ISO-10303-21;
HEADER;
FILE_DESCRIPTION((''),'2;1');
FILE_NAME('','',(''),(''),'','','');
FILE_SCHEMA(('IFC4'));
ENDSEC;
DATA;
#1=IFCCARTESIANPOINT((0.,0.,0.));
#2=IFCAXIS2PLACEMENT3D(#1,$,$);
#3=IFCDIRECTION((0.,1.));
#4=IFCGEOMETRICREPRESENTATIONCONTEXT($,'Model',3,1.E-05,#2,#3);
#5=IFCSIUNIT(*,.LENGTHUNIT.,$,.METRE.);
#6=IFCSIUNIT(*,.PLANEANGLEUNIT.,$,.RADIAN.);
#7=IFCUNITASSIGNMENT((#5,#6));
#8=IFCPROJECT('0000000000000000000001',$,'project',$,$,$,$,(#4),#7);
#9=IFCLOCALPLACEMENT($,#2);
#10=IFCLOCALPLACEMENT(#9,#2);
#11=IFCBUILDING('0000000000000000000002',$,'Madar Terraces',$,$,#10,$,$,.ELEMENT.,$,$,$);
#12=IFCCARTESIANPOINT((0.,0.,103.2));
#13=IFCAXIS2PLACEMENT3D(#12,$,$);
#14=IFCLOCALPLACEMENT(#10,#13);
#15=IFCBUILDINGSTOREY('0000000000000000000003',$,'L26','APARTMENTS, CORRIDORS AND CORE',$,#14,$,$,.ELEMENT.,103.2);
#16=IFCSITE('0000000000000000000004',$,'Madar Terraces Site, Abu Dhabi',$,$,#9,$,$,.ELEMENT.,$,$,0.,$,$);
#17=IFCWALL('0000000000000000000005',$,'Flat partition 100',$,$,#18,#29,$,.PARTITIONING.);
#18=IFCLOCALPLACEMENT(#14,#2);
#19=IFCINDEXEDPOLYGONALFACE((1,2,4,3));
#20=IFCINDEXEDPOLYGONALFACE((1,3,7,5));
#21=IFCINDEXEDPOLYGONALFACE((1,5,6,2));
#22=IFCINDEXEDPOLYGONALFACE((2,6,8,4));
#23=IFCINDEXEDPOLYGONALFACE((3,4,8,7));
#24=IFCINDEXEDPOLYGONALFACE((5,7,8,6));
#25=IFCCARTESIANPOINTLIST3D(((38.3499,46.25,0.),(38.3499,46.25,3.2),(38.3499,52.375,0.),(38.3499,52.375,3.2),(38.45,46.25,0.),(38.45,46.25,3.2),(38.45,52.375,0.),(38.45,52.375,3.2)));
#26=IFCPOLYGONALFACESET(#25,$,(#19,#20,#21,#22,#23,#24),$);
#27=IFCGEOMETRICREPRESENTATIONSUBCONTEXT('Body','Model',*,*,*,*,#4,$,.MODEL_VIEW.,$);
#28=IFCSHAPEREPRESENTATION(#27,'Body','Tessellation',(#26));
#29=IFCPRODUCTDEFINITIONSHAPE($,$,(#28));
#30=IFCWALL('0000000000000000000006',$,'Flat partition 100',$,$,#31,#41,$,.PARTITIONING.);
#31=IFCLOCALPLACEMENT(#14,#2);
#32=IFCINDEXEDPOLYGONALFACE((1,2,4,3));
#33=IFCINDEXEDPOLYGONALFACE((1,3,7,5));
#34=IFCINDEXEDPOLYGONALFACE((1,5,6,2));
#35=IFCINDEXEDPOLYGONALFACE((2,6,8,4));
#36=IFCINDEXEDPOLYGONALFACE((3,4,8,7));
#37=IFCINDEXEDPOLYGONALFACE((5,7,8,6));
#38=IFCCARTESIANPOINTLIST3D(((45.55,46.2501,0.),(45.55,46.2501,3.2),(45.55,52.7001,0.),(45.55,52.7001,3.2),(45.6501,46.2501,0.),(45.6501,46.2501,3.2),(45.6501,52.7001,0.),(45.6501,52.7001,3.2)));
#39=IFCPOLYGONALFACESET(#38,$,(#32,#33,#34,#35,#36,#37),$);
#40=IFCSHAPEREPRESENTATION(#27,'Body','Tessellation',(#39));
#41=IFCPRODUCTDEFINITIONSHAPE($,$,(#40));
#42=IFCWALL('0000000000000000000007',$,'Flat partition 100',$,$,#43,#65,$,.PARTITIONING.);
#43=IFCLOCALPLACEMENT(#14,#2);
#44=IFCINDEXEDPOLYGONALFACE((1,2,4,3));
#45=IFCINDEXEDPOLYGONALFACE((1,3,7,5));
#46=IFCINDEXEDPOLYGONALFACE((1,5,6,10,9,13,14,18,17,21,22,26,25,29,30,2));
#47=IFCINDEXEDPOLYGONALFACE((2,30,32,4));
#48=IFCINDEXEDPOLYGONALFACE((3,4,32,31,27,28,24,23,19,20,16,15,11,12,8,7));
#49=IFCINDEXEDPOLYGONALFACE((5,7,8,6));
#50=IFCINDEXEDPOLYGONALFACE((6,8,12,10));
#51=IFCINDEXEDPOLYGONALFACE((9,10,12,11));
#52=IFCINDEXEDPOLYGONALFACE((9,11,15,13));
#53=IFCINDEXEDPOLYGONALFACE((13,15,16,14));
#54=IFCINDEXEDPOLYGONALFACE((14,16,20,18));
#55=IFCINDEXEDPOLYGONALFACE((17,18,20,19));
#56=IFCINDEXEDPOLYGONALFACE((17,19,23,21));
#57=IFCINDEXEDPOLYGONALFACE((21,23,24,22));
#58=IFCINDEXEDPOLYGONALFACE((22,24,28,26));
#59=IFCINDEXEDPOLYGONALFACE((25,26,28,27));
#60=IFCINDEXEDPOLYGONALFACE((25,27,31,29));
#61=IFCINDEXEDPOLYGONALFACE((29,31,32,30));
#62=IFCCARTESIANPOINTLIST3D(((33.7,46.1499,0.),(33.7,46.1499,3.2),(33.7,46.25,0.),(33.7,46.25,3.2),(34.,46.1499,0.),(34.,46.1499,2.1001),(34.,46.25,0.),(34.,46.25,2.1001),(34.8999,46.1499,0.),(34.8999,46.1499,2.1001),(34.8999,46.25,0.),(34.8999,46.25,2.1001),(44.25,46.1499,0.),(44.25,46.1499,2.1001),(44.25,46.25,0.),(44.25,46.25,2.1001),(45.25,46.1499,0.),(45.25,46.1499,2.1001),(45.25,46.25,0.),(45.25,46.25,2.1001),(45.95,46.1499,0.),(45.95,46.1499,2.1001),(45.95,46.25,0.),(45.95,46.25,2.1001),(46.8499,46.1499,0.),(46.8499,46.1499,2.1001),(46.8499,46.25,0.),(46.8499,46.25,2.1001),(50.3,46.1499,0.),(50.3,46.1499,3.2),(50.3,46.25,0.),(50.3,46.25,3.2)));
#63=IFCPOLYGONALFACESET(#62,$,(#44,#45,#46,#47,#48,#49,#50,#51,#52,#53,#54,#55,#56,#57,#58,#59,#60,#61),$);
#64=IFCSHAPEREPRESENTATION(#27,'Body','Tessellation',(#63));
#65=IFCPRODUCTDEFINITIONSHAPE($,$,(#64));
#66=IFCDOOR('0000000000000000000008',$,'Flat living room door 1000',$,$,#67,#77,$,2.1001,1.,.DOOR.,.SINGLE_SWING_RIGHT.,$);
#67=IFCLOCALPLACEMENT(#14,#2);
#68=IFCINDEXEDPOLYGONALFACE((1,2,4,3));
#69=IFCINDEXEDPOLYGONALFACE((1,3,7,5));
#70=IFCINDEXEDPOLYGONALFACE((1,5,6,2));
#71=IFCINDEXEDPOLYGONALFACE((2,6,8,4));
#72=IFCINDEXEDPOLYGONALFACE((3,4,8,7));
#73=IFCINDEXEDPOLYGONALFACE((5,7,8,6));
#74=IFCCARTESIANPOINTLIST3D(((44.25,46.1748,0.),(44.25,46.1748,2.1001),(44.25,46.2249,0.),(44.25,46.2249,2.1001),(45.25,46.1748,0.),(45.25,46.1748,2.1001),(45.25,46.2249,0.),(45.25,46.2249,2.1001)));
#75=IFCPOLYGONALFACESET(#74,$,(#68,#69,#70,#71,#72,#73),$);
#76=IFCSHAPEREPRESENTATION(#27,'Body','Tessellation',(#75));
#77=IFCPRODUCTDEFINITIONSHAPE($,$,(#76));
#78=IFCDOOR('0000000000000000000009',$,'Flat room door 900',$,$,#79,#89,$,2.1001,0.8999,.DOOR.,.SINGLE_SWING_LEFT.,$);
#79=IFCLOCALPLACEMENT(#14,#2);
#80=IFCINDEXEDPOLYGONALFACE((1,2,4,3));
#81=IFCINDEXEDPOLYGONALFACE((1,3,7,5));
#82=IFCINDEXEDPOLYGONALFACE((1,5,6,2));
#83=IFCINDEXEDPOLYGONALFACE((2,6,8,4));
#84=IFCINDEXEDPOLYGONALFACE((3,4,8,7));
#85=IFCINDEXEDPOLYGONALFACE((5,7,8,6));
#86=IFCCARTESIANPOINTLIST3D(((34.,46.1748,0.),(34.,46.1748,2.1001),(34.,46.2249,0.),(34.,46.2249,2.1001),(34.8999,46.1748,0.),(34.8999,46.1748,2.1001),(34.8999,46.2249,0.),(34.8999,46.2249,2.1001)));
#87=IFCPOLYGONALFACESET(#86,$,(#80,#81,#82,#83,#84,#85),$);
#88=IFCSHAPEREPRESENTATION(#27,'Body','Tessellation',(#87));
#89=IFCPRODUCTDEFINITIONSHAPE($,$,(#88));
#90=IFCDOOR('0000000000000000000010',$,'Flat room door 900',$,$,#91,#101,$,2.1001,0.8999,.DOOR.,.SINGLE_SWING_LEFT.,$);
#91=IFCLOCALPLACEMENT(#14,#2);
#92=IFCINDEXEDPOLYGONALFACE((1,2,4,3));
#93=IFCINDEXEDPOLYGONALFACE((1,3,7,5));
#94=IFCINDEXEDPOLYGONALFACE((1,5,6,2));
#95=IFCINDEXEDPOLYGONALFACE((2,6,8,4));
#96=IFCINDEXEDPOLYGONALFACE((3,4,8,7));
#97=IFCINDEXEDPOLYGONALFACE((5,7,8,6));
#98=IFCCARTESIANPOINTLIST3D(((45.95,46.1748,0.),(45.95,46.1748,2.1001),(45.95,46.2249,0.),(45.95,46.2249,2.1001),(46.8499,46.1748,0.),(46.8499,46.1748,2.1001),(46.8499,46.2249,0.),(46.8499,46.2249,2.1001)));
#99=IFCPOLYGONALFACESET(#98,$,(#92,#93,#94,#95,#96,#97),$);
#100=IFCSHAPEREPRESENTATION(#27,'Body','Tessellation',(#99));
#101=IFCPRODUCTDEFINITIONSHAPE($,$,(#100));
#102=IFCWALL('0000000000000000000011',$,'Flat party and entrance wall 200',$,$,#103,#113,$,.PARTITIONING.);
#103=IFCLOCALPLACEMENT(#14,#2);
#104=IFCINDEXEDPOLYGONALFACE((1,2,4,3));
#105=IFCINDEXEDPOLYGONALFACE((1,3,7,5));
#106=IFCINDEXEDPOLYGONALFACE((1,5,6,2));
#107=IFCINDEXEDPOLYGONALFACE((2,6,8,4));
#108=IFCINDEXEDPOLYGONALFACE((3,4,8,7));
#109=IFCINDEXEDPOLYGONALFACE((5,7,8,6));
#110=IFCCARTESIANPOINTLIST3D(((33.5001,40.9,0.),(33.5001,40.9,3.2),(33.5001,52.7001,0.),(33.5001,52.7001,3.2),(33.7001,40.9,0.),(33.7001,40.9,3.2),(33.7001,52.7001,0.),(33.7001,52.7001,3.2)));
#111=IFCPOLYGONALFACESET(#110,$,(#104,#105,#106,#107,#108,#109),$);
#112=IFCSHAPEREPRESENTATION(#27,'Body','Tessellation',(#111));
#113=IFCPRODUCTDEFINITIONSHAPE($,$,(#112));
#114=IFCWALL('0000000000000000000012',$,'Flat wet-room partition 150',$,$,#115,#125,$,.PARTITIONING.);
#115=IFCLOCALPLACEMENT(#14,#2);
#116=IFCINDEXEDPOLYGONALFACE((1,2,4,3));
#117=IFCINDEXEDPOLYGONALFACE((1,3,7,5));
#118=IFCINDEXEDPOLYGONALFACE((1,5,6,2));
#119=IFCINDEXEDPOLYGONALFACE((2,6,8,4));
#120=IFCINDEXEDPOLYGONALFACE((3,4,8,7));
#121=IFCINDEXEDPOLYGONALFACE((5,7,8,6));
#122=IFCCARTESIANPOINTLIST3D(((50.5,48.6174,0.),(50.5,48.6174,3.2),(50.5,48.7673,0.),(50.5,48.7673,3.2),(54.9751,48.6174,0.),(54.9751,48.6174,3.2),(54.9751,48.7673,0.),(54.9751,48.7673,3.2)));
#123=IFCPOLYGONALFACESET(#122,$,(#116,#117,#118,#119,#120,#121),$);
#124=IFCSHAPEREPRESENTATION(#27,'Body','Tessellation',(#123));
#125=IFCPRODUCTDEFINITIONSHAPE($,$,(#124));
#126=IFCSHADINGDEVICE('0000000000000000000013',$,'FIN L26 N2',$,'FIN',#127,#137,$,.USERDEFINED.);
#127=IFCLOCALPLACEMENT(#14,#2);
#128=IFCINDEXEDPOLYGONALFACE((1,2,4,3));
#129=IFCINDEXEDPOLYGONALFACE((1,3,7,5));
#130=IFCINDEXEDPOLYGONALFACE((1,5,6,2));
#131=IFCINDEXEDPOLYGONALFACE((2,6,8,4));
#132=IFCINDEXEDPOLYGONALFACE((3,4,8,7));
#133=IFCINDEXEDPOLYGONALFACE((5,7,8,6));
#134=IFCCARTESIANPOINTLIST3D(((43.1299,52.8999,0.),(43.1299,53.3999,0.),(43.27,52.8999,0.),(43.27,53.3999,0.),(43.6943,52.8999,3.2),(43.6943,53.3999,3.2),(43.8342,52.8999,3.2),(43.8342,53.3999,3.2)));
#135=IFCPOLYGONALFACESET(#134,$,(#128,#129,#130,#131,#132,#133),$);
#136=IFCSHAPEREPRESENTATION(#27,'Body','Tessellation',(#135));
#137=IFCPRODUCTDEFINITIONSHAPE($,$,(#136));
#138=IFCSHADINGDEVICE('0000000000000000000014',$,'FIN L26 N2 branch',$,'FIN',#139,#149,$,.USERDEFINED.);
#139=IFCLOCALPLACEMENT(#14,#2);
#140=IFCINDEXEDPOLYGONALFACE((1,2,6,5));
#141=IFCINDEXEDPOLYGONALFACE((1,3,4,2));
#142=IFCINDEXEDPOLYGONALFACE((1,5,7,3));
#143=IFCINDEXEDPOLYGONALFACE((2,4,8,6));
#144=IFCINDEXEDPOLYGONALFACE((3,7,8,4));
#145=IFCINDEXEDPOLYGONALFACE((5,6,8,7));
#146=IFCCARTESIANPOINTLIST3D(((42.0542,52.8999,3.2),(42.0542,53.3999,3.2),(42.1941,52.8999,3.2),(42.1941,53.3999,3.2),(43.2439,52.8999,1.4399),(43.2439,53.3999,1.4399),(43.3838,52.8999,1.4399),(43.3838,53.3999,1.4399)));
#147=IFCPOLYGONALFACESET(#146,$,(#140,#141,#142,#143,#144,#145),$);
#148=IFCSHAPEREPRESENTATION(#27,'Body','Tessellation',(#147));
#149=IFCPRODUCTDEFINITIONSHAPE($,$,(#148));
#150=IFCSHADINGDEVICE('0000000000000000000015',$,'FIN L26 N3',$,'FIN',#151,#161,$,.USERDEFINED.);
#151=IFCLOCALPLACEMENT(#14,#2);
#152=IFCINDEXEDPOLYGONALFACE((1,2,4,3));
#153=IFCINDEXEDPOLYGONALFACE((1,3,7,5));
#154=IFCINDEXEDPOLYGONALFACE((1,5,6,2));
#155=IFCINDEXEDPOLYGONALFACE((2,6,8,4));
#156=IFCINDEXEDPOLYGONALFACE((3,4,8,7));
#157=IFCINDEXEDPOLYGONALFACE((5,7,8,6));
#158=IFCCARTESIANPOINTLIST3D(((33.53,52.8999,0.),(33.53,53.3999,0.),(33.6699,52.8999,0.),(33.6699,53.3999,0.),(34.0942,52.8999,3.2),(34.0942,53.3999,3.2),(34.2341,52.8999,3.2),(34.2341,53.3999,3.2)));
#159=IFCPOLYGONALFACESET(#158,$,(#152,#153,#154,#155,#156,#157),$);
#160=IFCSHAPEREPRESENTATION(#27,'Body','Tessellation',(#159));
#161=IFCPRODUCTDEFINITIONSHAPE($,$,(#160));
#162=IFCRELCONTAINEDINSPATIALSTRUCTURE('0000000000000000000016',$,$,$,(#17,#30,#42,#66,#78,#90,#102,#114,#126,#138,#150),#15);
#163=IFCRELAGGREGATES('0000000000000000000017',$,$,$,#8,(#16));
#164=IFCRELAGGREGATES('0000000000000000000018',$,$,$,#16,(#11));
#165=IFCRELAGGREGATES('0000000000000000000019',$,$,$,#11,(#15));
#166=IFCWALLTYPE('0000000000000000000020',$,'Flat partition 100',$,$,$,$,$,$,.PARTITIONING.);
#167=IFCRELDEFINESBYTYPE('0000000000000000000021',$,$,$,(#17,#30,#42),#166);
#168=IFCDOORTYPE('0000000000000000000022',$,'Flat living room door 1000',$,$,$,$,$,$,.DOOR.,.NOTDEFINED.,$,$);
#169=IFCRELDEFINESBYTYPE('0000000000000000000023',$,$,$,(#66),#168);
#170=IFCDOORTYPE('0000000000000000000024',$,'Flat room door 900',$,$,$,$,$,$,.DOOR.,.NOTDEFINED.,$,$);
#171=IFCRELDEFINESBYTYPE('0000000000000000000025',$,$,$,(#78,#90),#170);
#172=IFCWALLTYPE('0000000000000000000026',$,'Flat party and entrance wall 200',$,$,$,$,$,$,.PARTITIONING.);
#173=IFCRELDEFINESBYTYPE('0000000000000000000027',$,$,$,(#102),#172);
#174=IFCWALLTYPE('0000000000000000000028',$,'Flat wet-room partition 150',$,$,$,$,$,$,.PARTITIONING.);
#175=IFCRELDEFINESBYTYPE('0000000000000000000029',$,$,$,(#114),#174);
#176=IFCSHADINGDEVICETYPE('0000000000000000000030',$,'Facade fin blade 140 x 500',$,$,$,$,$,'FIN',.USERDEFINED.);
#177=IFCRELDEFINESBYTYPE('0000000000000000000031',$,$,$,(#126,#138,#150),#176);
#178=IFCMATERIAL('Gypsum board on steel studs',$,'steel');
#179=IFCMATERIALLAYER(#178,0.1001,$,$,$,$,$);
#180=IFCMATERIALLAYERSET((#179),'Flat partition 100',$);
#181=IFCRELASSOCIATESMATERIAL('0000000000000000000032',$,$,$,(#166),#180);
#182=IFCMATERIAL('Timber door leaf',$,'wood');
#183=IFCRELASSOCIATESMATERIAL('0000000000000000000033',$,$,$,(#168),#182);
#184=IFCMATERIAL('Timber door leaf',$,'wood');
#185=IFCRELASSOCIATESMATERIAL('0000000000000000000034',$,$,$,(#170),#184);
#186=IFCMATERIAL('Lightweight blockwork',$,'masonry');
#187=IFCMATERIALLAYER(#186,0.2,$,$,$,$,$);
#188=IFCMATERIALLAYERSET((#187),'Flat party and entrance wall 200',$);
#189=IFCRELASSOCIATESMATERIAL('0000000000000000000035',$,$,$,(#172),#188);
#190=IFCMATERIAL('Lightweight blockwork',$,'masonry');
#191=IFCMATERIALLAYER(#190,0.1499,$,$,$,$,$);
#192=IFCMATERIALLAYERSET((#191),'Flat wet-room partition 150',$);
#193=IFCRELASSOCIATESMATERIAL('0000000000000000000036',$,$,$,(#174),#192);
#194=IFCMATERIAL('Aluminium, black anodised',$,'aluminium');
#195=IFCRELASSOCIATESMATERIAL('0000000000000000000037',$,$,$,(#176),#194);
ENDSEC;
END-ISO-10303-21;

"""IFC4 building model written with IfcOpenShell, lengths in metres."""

from ifc_helpers import new_model, si_unit, direction, frame, frame_2d, origin, place, context, subcontext, project, spatial, polyline, rectangle, outline, extrude, material, layer, layer_set, type_object, element, fill, save


model = new_model("IFC4")

# Units and contexts
model_context = context("Model", 3, precision=1e-05, world=origin(), true_north=direction((0.0, 1.0)))
body_context = subcontext(model_context, "Body", "Model", "MODEL_VIEW")
ifc_project = project(units=[si_unit("LENGTHUNIT", "METRE"), si_unit("PLANEANGLEUNIT", "RADIAN")], contexts=[model_context])

# Site, building, storey
site_placement = place(None, origin())
site = spatial("IfcSite", under=ifc_project, at=site_placement, Name="Madar Terraces Site, Abu Dhabi", CompositionType="ELEMENT", RefElevation=0.0)
building_placement = place(site_placement, origin())
building = spatial("IfcBuilding", under=site, at=building_placement, Name="Madar Terraces", CompositionType="ELEMENT")
storey_placement = place(building_placement, frame((0.0, 0.0, 103.2)))
storey = spatial("IfcBuildingStorey", under=building, at=storey_placement, Name="L26", Description="APARTMENTS, CORRIDORS AND CORE", CompositionType="ELEMENT", Elevation=103.2)

# Walls
ifc_material_1 = material(Name="Gypsum board on steel studs", Category="steel")
ifc_layer_1 = layer(ifc_material_1, 0.1001)
ifc_layer_set_1 = layer_set([ifc_layer_1], Name="Flat partition 100")
wall_type_1 = type_object("IfcWallType", Name="Flat partition 100", PredefinedType="PARTITIONING", material=ifc_layer_set_1)
wall_1_placement = place(storey_placement, frame((38.3999, 46.25, 0.0), z_axis=(0.0, 0.0, 1.0), x_axis=(0.0, 1.0, 0.0)))
element("IfcWall", 1, at=wall_1_placement, inside=storey, type_object=wall_type_1, Name="Flat partition 100", PredefinedType="PARTITIONING", context=body_context, shape_type="SweptSolid", body=[
    extrude(rectangle(XDim=6.125, YDim=0.1001, at=frame_2d((3.0625, 0.0))), origin(), (0.0, 0.0, 1.0), 3.2),
])
wall_2_placement = place(storey_placement, frame((45.6001, 46.25, 0.0), z_axis=(0.0, 0.0, 1.0), x_axis=(0.0, 1.0, 0.0)))
element("IfcWall", 2, at=wall_2_placement, inside=storey, type_object=wall_type_1, Name="Flat partition 100", PredefinedType="PARTITIONING", context=body_context, shape_type="SweptSolid", body=[
    extrude(rectangle(XDim=6.45, YDim=0.1001, at=frame_2d((3.2251, 0.0))), origin(), (0.0, 0.0, 1.0), 3.2),
])

# Wall, openings, doors
wall_3_placement = place(storey_placement, frame((33.7, 46.2, 0.0), z_axis=(0.0, 0.0, 1.0), x_axis=(1.0, 0.0, 0.0)))
wall_3 = element("IfcWall", 3, at=wall_3_placement, inside=storey, type_object=wall_type_1, Name="Flat partition 100", PredefinedType="PARTITIONING", context=body_context, shape_type="SweptSolid", body=[
    extrude(rectangle(XDim=16.6001, YDim=0.1001, at=frame_2d((8.3, 0.0))), origin(), (0.0, 0.0, 1.0), 3.2),
])
opening_1_placement = place(wall_3_placement, frame((0.3, 0.0, 0.0)))
opening_1 = element("IfcOpeningElement", 4, at=opening_1_placement, cuts=wall_3, PredefinedType="OPENING", context=body_context, shape_type="SweptSolid", body=[
    extrude(rectangle(XDim=0.8999, YDim=2.1001, at=frame_2d((0.45, 1.05))), frame((0.0, 0.0601, 0.0), z_axis=(0.0, -1.0, 0.0), x_axis=(1.0, 0.0, 0.0)), (0.0, 0.0, 1.0), 0.1201),
])
opening_2_placement = place(wall_3_placement, frame((10.55, 0.0, 0.0)))
opening_2 = element("IfcOpeningElement", 5, at=opening_2_placement, cuts=wall_3, PredefinedType="OPENING", context=body_context, shape_type="SweptSolid", body=[
    extrude(rectangle(XDim=1.0, YDim=2.1001, at=frame_2d((0.5, 1.05))), frame((0.0, 0.0601, 0.0), z_axis=(0.0, -1.0, 0.0), x_axis=(1.0, 0.0, 0.0)), (0.0, 0.0, 1.0), 0.1201),
])
opening_3_placement = place(wall_3_placement, frame((12.25, 0.0, 0.0)))
opening_3 = element("IfcOpeningElement", 6, at=opening_3_placement, cuts=wall_3, PredefinedType="OPENING", context=body_context, shape_type="SweptSolid", body=[
    extrude(rectangle(XDim=0.8999, YDim=2.1001, at=frame_2d((0.45, 1.05))), frame((0.0, 0.0601, 0.0), z_axis=(0.0, -1.0, 0.0), x_axis=(1.0, 0.0, 0.0)), (0.0, 0.0, 1.0), 0.1201),
])
ifc_material_2 = material(Name="Timber door leaf", Category="wood")
door_type_1 = type_object("IfcDoorType", Name="Flat living room door 1000", OperationType="NOTDEFINED", PredefinedType="DOOR", material=ifc_material_2)
door_1_placement = place(opening_2_placement, origin())
door_1 = element("IfcDoor", 7, at=door_1_placement, inside=storey, type_object=door_type_1, Name="Flat living room door 1000", OperationType="SINGLE_SWING_RIGHT", OverallHeight=2.1001, OverallWidth=1.0, PredefinedType="DOOR", context=body_context, shape_type="SweptSolid", body=[
    extrude(rectangle(XDim=1.0, YDim=2.1001, at=frame_2d((0.5, 1.05))), frame((0.0, 0.0249, 0.0), z_axis=(0.0, -1.0, 0.0), x_axis=(1.0, 0.0, 0.0)), (0.0, 0.0, 1.0), 0.05),
])
fill(opening_2, door_1)
ifc_material_3 = material(Name="Timber door leaf", Category="wood")
door_type_2 = type_object("IfcDoorType", Name="Flat room door 900", OperationType="NOTDEFINED", PredefinedType="DOOR", material=ifc_material_3)
door_2_placement = place(opening_1_placement, origin())
door_2 = element("IfcDoor", 8, at=door_2_placement, inside=storey, type_object=door_type_2, Name="Flat room door 900", OperationType="SINGLE_SWING_LEFT", OverallHeight=2.1001, OverallWidth=0.8999, PredefinedType="DOOR", context=body_context, shape_type="SweptSolid", body=[
    extrude(rectangle(XDim=0.8999, YDim=2.1001, at=frame_2d((0.45, 1.05))), frame((0.0, 0.0249, 0.0), z_axis=(0.0, -1.0, 0.0), x_axis=(1.0, 0.0, 0.0)), (0.0, 0.0, 1.0), 0.05),
])
fill(opening_1, door_2)
door_3_placement = place(opening_3_placement, origin())
door_3 = element("IfcDoor", 9, at=door_3_placement, inside=storey, type_object=door_type_2, Name="Flat room door 900", OperationType="SINGLE_SWING_LEFT", OverallHeight=2.1001, OverallWidth=0.8999, PredefinedType="DOOR", context=body_context, shape_type="SweptSolid", body=[
    extrude(rectangle(XDim=0.8999, YDim=2.1001, at=frame_2d((0.45, 1.05))), frame((0.0, 0.0249, 0.0), z_axis=(0.0, -1.0, 0.0), x_axis=(1.0, 0.0, 0.0)), (0.0, 0.0, 1.0), 0.05),
])
fill(opening_3, door_3)

# Walls
ifc_material_4 = material(Name="Lightweight blockwork", Category="masonry")
ifc_layer_2 = layer(ifc_material_4, 0.2)
ifc_layer_set_2 = layer_set([ifc_layer_2], Name="Flat party and entrance wall 200")
wall_type_2 = type_object("IfcWallType", Name="Flat party and entrance wall 200", PredefinedType="PARTITIONING", material=ifc_layer_set_2)
wall_4_placement = place(storey_placement, frame((33.6001, 52.7, 0.0), z_axis=(0.0, 0.0, 1.0), x_axis=(0.0, -1.0, 0.0)))
element("IfcWall", 10, at=wall_4_placement, inside=storey, type_object=wall_type_2, Name="Flat party and entrance wall 200", PredefinedType="PARTITIONING", context=body_context, shape_type="SweptSolid", body=[
    extrude(rectangle(XDim=11.8, YDim=0.2, at=frame_2d((5.8999, 0.0))), origin(), (0.0, 0.0, 1.0), 3.2),
])
ifc_material_5 = material(Name="Lightweight blockwork", Category="masonry")
ifc_layer_3 = layer(ifc_material_5, 0.1499)
ifc_layer_set_3 = layer_set([ifc_layer_3], Name="Flat wet-room partition 150")
wall_type_3 = type_object("IfcWallType", Name="Flat wet-room partition 150", PredefinedType="PARTITIONING", material=ifc_layer_set_3)
wall_5_placement = place(storey_placement, frame((50.5, 48.6924, 0.0), z_axis=(0.0, 0.0, 1.0), x_axis=(1.0, 0.0, 0.0)))
element("IfcWall", 11, at=wall_5_placement, inside=storey, type_object=wall_type_3, Name="Flat wet-room partition 150", PredefinedType="PARTITIONING", context=body_context, shape_type="SweptSolid", body=[
    extrude(rectangle(XDim=4.4751, YDim=0.1499, at=frame_2d((2.2375, 0.0))), origin(), (0.0, 0.0, 1.0), 3.2),
])

# Shading devices
ifc_material_6 = material(Name="Aluminium, black anodised", Category="aluminium")
shading_device_type = type_object("IfcShadingDeviceType", Name="Facade fin blade 140 x 500", ElementType="FIN", PredefinedType="USERDEFINED", material=ifc_material_6)
shading_device_1_placement = place(storey_placement, frame((43.27, 53.1499, 0.0), z_axis=(0.0, 0.0, 1.0), x_axis=(-1.0, 0.0, 0.0)))
element("IfcShadingDevice", 12, at=shading_device_1_placement, inside=storey, type_object=shading_device_type, Name="FIN L26 N2", ObjectType="FIN", PredefinedType="USERDEFINED", context=body_context, shape_type="SweptSolid", body=[
    extrude(outline(polyline([(0.0, 0.0), (0.1401, 0.0), (-0.4243, 3.2), (-0.5642, 3.2), (0.0, 0.0)])), frame((0.0, 0.25, 0.0), z_axis=(0.0, -1.0, 0.0), x_axis=(1.0, 0.0, 0.0)), (0.0, 0.0, 1.0), 0.5),
])
shading_device_2_placement = place(storey_placement, frame((43.3838, 53.1499, 1.4399), z_axis=(0.0, 0.0, 1.0), x_axis=(-1.0, 0.0, 0.0)))
element("IfcShadingDevice", 13, at=shading_device_2_placement, inside=storey, type_object=shading_device_type, Name="FIN L26 N2 branch", ObjectType="FIN", PredefinedType="USERDEFINED", context=body_context, shape_type="SweptSolid", body=[
    extrude(outline(polyline([(0.0, 0.0), (0.1399, 0.0), (1.3296, 1.76), (1.1897, 1.76), (0.0, 0.0)])), frame((0.0, 0.25, 0.0), z_axis=(0.0, -1.0, 0.0), x_axis=(1.0, 0.0, 0.0)), (0.0, 0.0, 1.0), 0.5),
])
shading_device_3_placement = place(storey_placement, frame((33.6699, 53.1499, 0.0), z_axis=(0.0, 0.0, 1.0), x_axis=(-1.0, 0.0, 0.0)))
element("IfcShadingDevice", 14, at=shading_device_3_placement, inside=storey, type_object=shading_device_type, Name="FIN L26 N3", ObjectType="FIN", PredefinedType="USERDEFINED", context=body_context, shape_type="SweptSolid", body=[
    extrude(outline(polyline([(0.0, 0.0), (0.1399, 0.0), (-0.4243, 3.2), (-0.5642, 3.2), (0.0, 0.0)])), frame((0.0, 0.25, 0.0), z_axis=(0.0, -1.0, 0.0), x_axis=(1.0, 0.0, 0.0)), (0.0, 0.0, 1.0), 0.5),
])

save(model, "model.ifc")
